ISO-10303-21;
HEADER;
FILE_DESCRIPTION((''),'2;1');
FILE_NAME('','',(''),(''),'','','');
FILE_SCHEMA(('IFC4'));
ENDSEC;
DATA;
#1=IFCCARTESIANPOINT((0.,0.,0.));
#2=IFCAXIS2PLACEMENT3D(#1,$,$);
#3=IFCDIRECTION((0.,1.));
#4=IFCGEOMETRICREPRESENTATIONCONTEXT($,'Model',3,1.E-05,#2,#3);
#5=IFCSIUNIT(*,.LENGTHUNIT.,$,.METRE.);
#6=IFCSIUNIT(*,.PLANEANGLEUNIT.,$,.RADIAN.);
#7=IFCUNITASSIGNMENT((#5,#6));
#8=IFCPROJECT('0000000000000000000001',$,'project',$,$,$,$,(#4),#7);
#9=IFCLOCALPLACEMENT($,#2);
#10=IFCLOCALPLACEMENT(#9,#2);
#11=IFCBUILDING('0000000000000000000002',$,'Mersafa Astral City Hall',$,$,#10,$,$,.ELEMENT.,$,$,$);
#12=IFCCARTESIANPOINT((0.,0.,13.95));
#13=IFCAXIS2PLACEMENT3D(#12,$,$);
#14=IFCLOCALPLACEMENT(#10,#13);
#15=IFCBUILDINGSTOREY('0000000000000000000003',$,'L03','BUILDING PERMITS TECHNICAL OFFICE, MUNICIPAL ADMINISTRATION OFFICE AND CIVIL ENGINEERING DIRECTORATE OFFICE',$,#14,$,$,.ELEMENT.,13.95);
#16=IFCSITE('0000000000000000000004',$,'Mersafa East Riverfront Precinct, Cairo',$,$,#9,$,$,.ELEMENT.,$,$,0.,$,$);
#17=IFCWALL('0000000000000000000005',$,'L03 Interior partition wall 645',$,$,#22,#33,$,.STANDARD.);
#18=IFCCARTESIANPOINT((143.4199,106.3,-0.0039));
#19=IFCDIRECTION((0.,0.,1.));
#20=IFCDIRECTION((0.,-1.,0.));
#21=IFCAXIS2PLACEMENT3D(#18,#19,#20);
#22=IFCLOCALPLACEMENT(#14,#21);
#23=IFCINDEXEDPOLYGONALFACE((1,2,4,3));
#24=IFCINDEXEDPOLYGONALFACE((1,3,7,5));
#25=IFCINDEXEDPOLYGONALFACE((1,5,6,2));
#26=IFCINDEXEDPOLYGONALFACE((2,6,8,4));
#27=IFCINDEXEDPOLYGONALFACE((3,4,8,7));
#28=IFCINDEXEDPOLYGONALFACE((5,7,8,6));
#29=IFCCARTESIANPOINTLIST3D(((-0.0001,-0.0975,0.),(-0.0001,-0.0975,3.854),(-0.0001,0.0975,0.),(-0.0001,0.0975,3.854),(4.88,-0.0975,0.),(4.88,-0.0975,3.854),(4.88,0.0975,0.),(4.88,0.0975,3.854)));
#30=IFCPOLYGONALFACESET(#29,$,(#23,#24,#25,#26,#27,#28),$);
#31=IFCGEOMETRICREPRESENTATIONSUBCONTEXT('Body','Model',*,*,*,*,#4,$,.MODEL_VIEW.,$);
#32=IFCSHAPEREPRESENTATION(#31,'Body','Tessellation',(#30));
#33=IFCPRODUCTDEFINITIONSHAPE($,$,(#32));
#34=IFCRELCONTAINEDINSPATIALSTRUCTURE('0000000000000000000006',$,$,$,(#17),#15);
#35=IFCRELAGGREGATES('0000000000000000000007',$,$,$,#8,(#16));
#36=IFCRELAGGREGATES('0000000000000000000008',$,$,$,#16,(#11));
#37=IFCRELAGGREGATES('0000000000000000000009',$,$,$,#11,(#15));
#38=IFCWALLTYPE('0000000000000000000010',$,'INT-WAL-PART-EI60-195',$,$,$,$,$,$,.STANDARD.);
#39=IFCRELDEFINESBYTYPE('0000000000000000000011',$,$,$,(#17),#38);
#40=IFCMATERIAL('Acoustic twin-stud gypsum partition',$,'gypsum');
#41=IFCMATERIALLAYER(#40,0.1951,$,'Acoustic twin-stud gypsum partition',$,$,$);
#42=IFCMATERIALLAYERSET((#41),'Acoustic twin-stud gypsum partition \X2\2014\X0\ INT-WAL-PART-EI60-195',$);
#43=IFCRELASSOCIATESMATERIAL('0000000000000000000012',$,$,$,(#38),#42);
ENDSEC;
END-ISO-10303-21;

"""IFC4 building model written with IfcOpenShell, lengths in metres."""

from ifc_helpers import new_model, si_unit, direction, frame, frame_2d, origin, place, context, subcontext, project, spatial, rectangle, extrude, material, layer, layer_set, type_object, element, save


model = new_model("IFC4")

# Units and contexts
model_context = context("Model", 3, precision=1e-05, world=origin(), true_north=direction((0.0, 1.0)))
body_context = subcontext(model_context, "Body", "Model", "MODEL_VIEW")
ifc_project = project(units=[si_unit("LENGTHUNIT", "METRE"), si_unit("PLANEANGLEUNIT", "RADIAN")], contexts=[model_context])

# Site, building, storey
site_placement = place(None, origin())
site = spatial("IfcSite", under=ifc_project, at=site_placement, Name="Mersafa East Riverfront Precinct, Cairo", CompositionType="ELEMENT", RefElevation=0.0)
building_placement = place(site_placement, origin())
building = spatial("IfcBuilding", under=site, at=building_placement, Name="Mersafa Astral City Hall", CompositionType="ELEMENT")
storey_placement = place(building_placement, frame((0.0, 0.0, 13.95)))
storey = spatial("IfcBuildingStorey", under=building, at=storey_placement, Name="L03", Description="BUILDING PERMITS TECHNICAL OFFICE, MUNICIPAL ADMINISTRATION OFFICE AND CIVIL ENGINEERING DIRECTORATE OFFICE", CompositionType="ELEMENT", Elevation=13.95)

# Shared definitions
ifc_material_1 = material(Name="Acoustic twin-stud gypsum partition", Category="gypsum")

# Shared definitions
ifc_layer_1 = layer(ifc_material_1, 0.1951, Name="Acoustic twin-stud gypsum partition")
ifc_layer_set_1 = layer_set([ifc_layer_1], Name="Acoustic twin-stud gypsum partition — INT-WAL-PART-EI60-195")
wall_type_1 = type_object("IfcWallType", Name="INT-WAL-PART-EI60-195", PredefinedType="STANDARD", material=ifc_layer_set_1)

# Wall
wall_1_placement = place(storey_placement, frame((143.4199, 106.3, -0.0039), z_axis=(0.0, 0.0, 1.0), x_axis=(0.0, -1.0, 0.0)))
element("IfcWall", 1, at=wall_1_placement, inside=storey, type_object=wall_type_1, Name="L03 Interior partition wall 645", PredefinedType="STANDARD", context=body_context, shape_type="SweptSolid", body=[
    extrude(rectangle(XDim=4.8801, YDim=0.1951, at=frame_2d((2.4399, 0.0))), origin(), (0.0, 0.0, 1.0), 3.854),
])

save(model, "model.ifc")
